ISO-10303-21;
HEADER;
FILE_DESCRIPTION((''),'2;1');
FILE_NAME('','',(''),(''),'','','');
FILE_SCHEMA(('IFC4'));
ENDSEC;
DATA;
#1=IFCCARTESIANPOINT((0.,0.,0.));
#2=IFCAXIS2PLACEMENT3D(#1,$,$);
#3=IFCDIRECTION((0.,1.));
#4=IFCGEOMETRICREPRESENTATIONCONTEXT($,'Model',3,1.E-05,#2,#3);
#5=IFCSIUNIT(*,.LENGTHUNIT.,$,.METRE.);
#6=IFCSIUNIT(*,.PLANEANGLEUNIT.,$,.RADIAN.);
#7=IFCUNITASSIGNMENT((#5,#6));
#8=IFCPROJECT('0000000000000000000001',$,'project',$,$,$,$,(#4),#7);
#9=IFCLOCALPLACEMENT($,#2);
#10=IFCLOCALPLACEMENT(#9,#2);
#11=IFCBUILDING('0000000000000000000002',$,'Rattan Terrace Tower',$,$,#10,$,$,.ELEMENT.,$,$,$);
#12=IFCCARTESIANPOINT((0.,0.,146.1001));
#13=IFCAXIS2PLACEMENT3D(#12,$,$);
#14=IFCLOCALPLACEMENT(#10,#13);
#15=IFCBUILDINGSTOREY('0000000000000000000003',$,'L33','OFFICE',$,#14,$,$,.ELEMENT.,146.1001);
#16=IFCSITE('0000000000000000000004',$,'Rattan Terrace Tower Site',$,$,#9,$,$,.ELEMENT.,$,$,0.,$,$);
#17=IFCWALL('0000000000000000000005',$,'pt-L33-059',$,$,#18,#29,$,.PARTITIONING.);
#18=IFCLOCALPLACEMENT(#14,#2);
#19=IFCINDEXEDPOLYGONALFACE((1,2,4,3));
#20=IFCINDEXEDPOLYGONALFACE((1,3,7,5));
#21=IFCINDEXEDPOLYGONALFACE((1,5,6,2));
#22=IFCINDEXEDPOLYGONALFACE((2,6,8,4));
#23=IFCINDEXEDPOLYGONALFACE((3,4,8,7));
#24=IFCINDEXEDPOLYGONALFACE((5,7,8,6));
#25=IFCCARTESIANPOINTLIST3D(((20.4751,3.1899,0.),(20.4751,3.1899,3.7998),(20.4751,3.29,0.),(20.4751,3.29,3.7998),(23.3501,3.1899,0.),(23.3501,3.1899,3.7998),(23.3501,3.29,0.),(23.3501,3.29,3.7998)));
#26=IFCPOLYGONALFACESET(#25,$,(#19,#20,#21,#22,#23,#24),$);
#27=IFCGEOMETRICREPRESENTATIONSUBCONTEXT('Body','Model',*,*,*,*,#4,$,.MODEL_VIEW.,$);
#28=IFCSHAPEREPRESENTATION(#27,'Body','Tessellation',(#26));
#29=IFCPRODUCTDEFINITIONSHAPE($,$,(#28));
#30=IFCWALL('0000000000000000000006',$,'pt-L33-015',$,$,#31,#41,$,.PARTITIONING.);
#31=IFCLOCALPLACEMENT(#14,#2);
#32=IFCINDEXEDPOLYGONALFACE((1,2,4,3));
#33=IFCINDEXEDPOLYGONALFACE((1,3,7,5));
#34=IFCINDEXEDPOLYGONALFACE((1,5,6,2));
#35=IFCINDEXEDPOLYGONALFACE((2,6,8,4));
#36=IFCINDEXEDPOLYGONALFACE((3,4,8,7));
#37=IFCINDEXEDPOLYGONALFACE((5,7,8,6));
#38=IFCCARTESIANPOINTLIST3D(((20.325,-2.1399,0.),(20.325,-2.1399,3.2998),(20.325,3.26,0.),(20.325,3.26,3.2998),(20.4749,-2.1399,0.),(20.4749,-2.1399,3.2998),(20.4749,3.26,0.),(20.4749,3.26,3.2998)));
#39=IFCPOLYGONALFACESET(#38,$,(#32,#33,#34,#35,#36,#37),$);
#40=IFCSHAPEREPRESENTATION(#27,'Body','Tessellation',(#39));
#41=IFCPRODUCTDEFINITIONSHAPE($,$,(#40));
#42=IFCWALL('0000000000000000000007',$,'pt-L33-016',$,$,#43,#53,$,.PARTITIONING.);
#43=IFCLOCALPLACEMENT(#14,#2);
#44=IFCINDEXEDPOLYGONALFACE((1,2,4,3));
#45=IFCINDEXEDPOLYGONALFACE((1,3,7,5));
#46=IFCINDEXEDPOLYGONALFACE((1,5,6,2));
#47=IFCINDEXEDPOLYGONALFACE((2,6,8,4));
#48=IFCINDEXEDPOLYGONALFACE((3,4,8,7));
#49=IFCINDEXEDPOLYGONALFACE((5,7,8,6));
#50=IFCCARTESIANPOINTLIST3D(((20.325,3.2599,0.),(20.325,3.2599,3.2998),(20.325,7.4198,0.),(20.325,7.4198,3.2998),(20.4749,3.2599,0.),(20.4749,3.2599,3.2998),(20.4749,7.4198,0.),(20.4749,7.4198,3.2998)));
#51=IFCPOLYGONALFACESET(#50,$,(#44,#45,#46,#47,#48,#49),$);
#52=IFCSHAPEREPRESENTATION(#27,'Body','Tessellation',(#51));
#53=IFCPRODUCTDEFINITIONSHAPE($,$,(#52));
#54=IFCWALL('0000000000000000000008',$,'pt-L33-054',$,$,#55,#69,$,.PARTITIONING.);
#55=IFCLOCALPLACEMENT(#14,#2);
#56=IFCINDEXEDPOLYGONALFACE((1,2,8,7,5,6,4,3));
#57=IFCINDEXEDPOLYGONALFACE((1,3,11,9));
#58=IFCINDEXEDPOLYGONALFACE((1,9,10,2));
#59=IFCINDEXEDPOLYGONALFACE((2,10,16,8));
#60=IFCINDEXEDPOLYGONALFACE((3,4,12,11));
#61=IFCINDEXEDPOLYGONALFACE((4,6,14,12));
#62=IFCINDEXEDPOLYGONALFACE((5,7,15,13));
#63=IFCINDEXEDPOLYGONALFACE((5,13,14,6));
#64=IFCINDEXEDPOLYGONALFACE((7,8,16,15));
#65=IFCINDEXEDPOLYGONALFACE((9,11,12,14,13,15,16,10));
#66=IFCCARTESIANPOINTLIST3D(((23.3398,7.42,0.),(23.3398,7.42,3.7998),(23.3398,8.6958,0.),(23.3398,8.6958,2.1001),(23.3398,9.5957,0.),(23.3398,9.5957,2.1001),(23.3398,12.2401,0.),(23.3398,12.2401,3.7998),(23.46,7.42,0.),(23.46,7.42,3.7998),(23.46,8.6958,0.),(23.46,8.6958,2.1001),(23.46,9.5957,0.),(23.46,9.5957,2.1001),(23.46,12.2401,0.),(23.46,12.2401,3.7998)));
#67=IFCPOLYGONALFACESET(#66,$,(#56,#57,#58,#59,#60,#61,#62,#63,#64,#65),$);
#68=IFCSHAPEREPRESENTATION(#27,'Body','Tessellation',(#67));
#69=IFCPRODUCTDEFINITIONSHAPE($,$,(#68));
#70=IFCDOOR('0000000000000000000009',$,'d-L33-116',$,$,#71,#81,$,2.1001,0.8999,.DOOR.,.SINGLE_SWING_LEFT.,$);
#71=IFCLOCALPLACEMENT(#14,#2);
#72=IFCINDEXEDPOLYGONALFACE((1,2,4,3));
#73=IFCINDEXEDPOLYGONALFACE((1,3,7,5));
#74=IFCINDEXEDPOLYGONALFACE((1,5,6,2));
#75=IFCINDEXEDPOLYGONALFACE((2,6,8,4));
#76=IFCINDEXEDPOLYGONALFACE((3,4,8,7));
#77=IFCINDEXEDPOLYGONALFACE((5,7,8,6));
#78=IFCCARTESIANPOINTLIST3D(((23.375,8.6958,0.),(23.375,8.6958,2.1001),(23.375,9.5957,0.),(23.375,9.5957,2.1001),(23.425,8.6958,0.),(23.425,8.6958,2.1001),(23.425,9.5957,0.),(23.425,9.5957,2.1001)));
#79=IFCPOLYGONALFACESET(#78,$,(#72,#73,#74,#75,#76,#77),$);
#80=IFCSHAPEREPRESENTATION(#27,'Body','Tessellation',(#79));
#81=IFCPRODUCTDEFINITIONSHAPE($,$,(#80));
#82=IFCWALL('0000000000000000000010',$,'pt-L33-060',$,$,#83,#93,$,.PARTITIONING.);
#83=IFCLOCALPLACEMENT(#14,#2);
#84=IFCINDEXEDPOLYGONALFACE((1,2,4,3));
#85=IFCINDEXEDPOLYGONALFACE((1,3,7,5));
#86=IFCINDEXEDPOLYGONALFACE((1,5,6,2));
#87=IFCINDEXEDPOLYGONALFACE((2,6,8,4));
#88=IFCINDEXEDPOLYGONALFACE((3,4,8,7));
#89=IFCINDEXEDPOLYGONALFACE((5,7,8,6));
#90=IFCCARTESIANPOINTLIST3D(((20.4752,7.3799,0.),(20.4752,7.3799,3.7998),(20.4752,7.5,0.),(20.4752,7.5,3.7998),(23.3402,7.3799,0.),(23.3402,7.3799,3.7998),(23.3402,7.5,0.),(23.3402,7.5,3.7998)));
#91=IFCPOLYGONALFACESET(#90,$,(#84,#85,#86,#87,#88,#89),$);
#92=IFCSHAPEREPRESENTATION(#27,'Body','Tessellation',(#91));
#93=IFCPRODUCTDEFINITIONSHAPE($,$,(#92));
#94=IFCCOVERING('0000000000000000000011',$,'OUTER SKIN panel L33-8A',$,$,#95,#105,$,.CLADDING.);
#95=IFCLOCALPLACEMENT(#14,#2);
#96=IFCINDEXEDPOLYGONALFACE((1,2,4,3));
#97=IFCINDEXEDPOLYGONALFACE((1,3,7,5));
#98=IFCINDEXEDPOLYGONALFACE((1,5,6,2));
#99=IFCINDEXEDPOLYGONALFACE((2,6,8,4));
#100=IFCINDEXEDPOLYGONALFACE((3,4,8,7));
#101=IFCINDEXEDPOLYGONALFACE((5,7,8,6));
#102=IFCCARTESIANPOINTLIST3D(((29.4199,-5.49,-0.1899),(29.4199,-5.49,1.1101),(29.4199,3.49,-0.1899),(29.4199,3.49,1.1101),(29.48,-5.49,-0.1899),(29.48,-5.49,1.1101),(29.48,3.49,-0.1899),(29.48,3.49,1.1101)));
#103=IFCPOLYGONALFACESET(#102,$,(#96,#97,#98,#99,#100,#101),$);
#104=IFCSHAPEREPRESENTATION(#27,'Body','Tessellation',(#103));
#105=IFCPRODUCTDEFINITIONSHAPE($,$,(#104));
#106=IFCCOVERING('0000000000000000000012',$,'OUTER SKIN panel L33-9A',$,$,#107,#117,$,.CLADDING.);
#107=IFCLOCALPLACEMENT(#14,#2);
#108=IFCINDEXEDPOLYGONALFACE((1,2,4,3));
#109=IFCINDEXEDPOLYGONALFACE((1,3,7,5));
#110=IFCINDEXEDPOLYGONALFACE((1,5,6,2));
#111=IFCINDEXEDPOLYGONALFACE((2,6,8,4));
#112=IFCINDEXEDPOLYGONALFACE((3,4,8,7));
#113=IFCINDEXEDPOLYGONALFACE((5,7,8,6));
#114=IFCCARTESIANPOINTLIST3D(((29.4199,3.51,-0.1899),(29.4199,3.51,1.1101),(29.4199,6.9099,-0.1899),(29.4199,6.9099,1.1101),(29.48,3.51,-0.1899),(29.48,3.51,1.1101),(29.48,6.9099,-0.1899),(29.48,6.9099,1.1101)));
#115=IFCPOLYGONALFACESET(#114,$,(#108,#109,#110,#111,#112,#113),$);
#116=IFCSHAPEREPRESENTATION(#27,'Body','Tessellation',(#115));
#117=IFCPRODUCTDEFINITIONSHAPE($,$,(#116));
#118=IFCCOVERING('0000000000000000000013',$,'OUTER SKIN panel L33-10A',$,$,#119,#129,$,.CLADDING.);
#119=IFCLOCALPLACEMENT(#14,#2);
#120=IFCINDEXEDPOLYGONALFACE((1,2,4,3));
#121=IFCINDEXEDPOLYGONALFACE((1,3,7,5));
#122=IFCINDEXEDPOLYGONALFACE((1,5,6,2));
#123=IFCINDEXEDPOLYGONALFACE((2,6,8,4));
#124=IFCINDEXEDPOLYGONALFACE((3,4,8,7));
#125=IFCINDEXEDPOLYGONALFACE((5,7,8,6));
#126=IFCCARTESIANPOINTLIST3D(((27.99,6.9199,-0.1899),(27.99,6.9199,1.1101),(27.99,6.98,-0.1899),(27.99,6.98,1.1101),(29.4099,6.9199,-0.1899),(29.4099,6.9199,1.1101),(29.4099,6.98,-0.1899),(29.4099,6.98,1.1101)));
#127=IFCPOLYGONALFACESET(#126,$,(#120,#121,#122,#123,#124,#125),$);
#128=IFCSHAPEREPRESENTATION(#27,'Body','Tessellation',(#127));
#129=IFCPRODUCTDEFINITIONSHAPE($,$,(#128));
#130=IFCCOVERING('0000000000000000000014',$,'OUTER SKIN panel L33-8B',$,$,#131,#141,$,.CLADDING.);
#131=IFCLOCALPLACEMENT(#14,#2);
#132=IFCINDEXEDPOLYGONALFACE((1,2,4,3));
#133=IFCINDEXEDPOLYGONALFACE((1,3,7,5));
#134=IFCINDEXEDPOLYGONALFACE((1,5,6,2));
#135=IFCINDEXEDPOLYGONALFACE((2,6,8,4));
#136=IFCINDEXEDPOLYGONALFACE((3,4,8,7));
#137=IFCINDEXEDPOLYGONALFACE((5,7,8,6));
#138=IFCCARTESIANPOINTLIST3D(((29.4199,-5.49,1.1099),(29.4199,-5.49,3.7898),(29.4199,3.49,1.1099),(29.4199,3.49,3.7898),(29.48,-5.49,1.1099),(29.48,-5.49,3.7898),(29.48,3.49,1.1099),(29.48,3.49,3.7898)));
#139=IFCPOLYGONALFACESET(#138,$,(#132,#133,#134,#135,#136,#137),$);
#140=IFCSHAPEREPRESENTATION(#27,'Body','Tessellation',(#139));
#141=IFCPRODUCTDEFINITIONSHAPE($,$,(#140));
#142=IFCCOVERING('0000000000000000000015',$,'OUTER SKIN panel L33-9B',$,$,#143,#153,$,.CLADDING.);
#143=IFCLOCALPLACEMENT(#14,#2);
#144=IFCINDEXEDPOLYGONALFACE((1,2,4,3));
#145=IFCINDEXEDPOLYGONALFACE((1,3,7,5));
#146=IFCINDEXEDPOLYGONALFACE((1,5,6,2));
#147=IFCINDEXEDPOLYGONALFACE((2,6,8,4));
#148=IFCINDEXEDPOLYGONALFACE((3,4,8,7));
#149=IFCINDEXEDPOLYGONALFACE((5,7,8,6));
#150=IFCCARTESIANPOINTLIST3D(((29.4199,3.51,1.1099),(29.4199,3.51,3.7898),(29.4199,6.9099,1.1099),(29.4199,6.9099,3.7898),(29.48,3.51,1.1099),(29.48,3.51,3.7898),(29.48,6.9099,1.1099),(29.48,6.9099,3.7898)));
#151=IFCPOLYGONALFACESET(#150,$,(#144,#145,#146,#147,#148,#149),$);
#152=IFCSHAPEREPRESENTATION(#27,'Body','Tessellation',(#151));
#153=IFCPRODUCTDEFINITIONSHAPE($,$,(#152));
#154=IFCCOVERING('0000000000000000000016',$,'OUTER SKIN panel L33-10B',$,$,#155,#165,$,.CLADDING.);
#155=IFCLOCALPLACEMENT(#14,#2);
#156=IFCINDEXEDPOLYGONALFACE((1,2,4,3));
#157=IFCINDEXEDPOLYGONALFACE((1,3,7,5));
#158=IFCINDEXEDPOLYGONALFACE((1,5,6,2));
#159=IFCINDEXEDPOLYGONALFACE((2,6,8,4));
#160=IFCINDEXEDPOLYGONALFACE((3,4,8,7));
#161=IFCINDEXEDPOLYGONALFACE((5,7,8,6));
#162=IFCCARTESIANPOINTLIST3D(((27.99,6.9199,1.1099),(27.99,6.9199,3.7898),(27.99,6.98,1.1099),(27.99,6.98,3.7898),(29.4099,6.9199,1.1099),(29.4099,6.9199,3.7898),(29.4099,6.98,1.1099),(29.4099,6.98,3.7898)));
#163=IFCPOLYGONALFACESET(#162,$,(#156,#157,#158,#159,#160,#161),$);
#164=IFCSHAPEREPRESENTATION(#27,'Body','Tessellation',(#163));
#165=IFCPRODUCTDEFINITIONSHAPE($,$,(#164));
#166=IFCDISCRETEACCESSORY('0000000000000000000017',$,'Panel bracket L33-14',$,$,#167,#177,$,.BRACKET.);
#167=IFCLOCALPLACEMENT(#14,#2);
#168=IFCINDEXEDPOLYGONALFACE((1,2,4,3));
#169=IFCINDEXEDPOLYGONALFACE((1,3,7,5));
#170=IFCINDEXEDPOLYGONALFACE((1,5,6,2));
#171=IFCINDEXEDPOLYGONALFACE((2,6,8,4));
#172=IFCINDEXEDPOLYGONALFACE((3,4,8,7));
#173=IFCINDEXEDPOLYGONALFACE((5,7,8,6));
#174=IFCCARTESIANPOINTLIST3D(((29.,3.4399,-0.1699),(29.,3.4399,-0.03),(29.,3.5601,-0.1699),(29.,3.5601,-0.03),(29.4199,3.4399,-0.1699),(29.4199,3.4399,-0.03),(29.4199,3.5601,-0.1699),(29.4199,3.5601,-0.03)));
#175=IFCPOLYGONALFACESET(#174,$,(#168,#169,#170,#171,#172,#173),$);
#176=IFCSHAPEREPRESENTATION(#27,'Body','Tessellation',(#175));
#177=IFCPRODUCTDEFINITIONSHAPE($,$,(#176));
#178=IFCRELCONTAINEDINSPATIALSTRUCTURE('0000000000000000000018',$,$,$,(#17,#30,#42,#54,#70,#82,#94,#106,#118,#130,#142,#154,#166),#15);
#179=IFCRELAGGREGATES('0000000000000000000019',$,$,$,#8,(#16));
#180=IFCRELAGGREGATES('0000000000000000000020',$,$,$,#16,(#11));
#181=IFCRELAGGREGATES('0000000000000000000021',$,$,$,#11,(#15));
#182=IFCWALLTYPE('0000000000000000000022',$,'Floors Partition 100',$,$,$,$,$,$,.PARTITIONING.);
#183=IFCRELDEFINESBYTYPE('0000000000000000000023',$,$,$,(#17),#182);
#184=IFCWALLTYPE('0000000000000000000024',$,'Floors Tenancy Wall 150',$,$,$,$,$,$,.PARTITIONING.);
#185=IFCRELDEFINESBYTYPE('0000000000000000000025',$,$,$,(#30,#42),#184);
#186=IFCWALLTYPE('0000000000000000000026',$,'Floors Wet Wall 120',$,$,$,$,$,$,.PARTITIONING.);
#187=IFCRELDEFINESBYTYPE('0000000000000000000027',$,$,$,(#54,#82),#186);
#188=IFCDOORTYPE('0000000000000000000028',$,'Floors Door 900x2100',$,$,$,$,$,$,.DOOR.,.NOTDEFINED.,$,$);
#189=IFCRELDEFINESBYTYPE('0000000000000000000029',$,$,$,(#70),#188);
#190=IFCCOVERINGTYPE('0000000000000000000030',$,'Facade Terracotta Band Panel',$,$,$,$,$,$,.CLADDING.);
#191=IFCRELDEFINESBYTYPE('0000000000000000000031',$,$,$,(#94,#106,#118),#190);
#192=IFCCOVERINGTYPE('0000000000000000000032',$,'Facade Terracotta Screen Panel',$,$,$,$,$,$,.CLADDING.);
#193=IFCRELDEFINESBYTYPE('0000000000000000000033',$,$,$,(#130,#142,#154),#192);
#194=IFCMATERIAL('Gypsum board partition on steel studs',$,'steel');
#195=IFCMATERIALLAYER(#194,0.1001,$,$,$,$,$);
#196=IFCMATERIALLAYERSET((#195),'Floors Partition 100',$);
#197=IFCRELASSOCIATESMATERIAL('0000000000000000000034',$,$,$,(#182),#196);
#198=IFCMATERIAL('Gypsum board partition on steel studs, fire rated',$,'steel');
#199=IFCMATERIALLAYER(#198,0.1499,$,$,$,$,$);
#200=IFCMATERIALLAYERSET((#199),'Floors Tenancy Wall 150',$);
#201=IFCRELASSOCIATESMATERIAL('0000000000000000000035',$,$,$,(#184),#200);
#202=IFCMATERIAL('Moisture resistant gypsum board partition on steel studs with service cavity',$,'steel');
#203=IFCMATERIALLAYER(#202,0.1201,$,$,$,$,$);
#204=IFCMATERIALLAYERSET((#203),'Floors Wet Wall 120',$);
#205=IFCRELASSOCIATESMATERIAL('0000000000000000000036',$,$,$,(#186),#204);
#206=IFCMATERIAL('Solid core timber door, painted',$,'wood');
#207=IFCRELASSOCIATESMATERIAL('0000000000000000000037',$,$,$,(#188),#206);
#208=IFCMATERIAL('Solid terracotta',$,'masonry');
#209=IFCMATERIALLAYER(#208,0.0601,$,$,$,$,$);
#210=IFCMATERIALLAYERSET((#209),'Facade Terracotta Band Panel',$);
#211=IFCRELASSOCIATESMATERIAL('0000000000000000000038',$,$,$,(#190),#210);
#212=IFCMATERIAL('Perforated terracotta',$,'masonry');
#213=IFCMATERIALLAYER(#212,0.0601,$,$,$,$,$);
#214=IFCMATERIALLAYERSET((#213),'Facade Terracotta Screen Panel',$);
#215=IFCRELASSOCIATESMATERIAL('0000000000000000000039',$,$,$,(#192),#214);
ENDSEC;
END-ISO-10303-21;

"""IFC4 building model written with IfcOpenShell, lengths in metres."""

from ifc_helpers import new_model, si_unit, direction, frame, frame_2d, origin, origin_2d, place, context, subcontext, project, spatial, rectangle, extrude, material, layer, layer_set, type_object, element, fill, save


model = new_model("IFC4")

# Units and contexts
model_context = context("Model", 3, precision=1e-05, world=origin(), true_north=direction((0.0, 1.0)))
body_context = subcontext(model_context, "Body", "Model", "MODEL_VIEW")
ifc_project = project(units=[si_unit("LENGTHUNIT", "METRE"), si_unit("PLANEANGLEUNIT", "RADIAN")], contexts=[model_context])

# Site, building, storey
site_placement = place(None, origin())
site = spatial("IfcSite", under=ifc_project, at=site_placement, Name="Rattan Terrace Tower Site", CompositionType="ELEMENT", RefElevation=0.0)
building_placement = place(site_placement, origin())
building = spatial("IfcBuilding", under=site, at=building_placement, Name="Rattan Terrace Tower", CompositionType="ELEMENT")
storey_placement = place(building_placement, frame((0.0, 0.0, 146.1001)))
storey = spatial("IfcBuildingStorey", under=building, at=storey_placement, Name="L33", Description="OFFICE", CompositionType="ELEMENT", Elevation=146.1001)

# Shared definitions
ifc_material_1 = material(Name="Gypsum board partition on steel studs", Category="steel")
ifc_layer_1 = layer(ifc_material_1, 0.1001)
ifc_layer_set_1 = layer_set([ifc_layer_1], Name="Floors Partition 100")
wall_type_1 = type_object("IfcWallType", Name="Floors Partition 100", PredefinedType="PARTITIONING", material=ifc_layer_set_1)

# Walls
wall_1_placement = place(storey_placement, frame((20.4751, 3.24, 0.0), z_axis=(0.0, 0.0, 1.0), x_axis=(1.0, 0.0, 0.0)))
element("IfcWall", 1, at=wall_1_placement, inside=storey, type_object=wall_type_1, Name="pt-L33-059", PredefinedType="PARTITIONING", context=body_context, shape_type="SweptSolid", body=[
    extrude(rectangle(XDim=2.875, YDim=0.1001, at=frame_2d((1.4375, 0.0))), origin(), (0.0, 0.0, 1.0), 3.7998),
])
ifc_material_2 = material(Name="Gypsum board partition on steel studs, fire rated", Category="steel")
ifc_layer_2 = layer(ifc_material_2, 0.1499)
ifc_layer_set_2 = layer_set([ifc_layer_2], Name="Floors Tenancy Wall 150")
wall_type_2 = type_object("IfcWallType", Name="Floors Tenancy Wall 150", PredefinedType="PARTITIONING", material=ifc_layer_set_2)
wall_2_placement = place(storey_placement, frame((20.3999, 3.26, 0.0), z_axis=(0.0, 0.0, 1.0), x_axis=(0.0, -1.0, 0.0)))
element("IfcWall", 2, at=wall_2_placement, inside=storey, type_object=wall_type_2, Name="pt-L33-015", PredefinedType="PARTITIONING", context=body_context, shape_type="SweptSolid", body=[
    extrude(rectangle(XDim=5.3999, YDim=0.1499, at=frame_2d((2.7, 0.0))), origin(), (0.0, 0.0, 1.0), 3.2998),
])
wall_3_placement = place(storey_placement, frame((20.3999, 7.4199, 0.0), z_axis=(0.0, 0.0, 1.0), x_axis=(0.0, -1.0, 0.0)))
element("IfcWall", 3, at=wall_3_placement, inside=storey, type_object=wall_type_2, Name="pt-L33-016", PredefinedType="PARTITIONING", context=body_context, shape_type="SweptSolid", body=[
    extrude(rectangle(XDim=4.1599, YDim=0.1499, at=frame_2d((2.0801, 0.0))), origin(), (0.0, 0.0, 1.0), 3.2998),
])

# Wall, opening, door
ifc_material_3 = material(Name="Moisture resistant gypsum board partition on steel studs with service cavity", Category="steel")
ifc_layer_3 = layer(ifc_material_3, 0.1201)
ifc_layer_set_3 = layer_set([ifc_layer_3], Name="Floors Wet Wall 120")
wall_type_3 = type_object("IfcWallType", Name="Floors Wet Wall 120", PredefinedType="PARTITIONING", material=ifc_layer_set_3)
wall_4_placement = place(storey_placement, frame((23.3999, 7.4199, 0.0), z_axis=(0.0, 0.0, 1.0), x_axis=(0.0, 1.0, 0.0)))
wall_4 = element("IfcWall", 4, at=wall_4_placement, inside=storey, type_object=wall_type_3, Name="pt-L33-054", PredefinedType="PARTITIONING", context=body_context, shape_type="SweptSolid", body=[
    extrude(rectangle(XDim=4.8201, YDim=0.1201, at=frame_2d((2.4102, 0.0))), origin(), (0.0, 0.0, 1.0), 3.7998),
])
opening_1_placement = place(wall_4_placement, frame((1.2759, 0.0, 0.0)))
opening_1 = element("IfcOpeningElement", 5, at=opening_1_placement, cuts=wall_4, PredefinedType="OPENING", context=body_context, shape_type="SweptSolid", body=[
    extrude(rectangle(XDim=0.8999, YDim=2.1001, at=frame_2d((0.45, 1.05))), frame((0.0, 0.0706, 0.0), z_axis=(0.0, -1.0, 0.0), x_axis=(1.0, 0.0, 0.0)), (0.0, 0.0, 1.0), 0.1411),
])
ifc_material_4 = material(Name="Solid core timber door, painted", Category="wood")
door_type_1 = type_object("IfcDoorType", Name="Floors Door 900x2100", OperationType="NOTDEFINED", PredefinedType="DOOR", material=ifc_material_4)
door_1_placement = place(opening_1_placement, origin())
door_1 = element("IfcDoor", 6, at=door_1_placement, inside=storey, type_object=door_type_1, Name="d-L33-116", OperationType="SINGLE_SWING_LEFT", OverallHeight=2.1001, OverallWidth=0.8999, PredefinedType="DOOR", context=body_context, shape_type="SweptSolid", body=[
    extrude(rectangle(XDim=0.8999, YDim=2.1001, at=frame_2d((0.45, 1.05))), frame((0.0, 0.0249, 0.0), z_axis=(0.0, -1.0, 0.0), x_axis=(1.0, 0.0, 0.0)), (0.0, 0.0, 1.0), 0.05),
])
fill(opening_1, door_1)

# Wall
wall_5_placement = place(storey_placement, frame((20.4751, 7.4399, 0.0), z_axis=(0.0, 0.0, 1.0), x_axis=(1.0, 0.0, 0.0)))
element("IfcWall", 7, at=wall_5_placement, inside=storey, type_object=wall_type_3, Name="pt-L33-060", PredefinedType="PARTITIONING", context=body_context, shape_type="SweptSolid", body=[
    extrude(rectangle(XDim=2.865, YDim=0.1201, at=frame_2d((1.4326, 0.0))), origin(), (0.0, 0.0, 1.0), 3.7998),
])

# Coverings
ifc_material_5 = material(Name="Solid terracotta", Category="masonry")
ifc_layer_4 = layer(ifc_material_5, 0.0601)
ifc_layer_set_4 = layer_set([ifc_layer_4], Name="Facade Terracotta Band Panel")
covering_type_1 = type_object("IfcCoveringType", Name="Facade Terracotta Band Panel", PredefinedType="CLADDING", material=ifc_layer_set_4)
covering_1_placement = place(storey_placement, frame((29.45, -1.0, -0.1899), z_axis=(0.0, 0.0, 1.0), x_axis=(0.0, 1.0, 0.0)))
element("IfcCovering", 8, at=covering_1_placement, inside=storey, type_object=covering_type_1, Name="OUTER SKIN panel L33-8A", PredefinedType="CLADDING", context=body_context, shape_type="SweptSolid", body=[
    extrude(rectangle(XDim=8.98, YDim=0.0601, at=origin_2d()), origin(), (0.0, 0.0, 1.0), 1.3),
])
covering_2_placement = place(storey_placement, frame((29.45, 5.21, -0.1899), z_axis=(0.0, 0.0, 1.0), x_axis=(0.0, 1.0, 0.0)))
element("IfcCovering", 9, at=covering_2_placement, inside=storey, type_object=covering_type_1, Name="OUTER SKIN panel L33-9A", PredefinedType="CLADDING", context=body_context, shape_type="SweptSolid", body=[
    extrude(rectangle(XDim=3.3999, YDim=0.0601, at=origin_2d()), origin(), (0.0, 0.0, 1.0), 1.3),
])
covering_3_placement = place(storey_placement, frame((28.7, 6.95, -0.1899), z_axis=(0.0, 0.0, 1.0), x_axis=(-1.0, 0.0, 0.0)))
element("IfcCovering", 10, at=covering_3_placement, inside=storey, type_object=covering_type_1, Name="OUTER SKIN panel L33-10A", PredefinedType="CLADDING", context=body_context, shape_type="SweptSolid", body=[
    extrude(rectangle(XDim=1.4199, YDim=0.0601, at=origin_2d()), origin(), (0.0, 0.0, 1.0), 1.3),
])
ifc_material_6 = material(Name="Perforated terracotta", Category="masonry")
ifc_layer_5 = layer(ifc_material_6, 0.0601)
ifc_layer_set_5 = layer_set([ifc_layer_5], Name="Facade Terracotta Screen Panel")
covering_type_2 = type_object("IfcCoveringType", Name="Facade Terracotta Screen Panel", PredefinedType="CLADDING", material=ifc_layer_set_5)
covering_4_placement = place(storey_placement, frame((29.45, -1.0, 1.1099), z_axis=(0.0, 0.0, 1.0), x_axis=(0.0, 1.0, 0.0)))
element("IfcCovering", 11, at=covering_4_placement, inside=storey, type_object=covering_type_2, Name="OUTER SKIN panel L33-8B", PredefinedType="CLADDING", context=body_context, shape_type="SweptSolid", body=[
    extrude(rectangle(XDim=8.98, YDim=0.0601, at=origin_2d()), origin(), (0.0, 0.0, 1.0), 2.6799),
])
covering_5_placement = place(storey_placement, frame((29.45, 5.21, 1.1099), z_axis=(0.0, 0.0, 1.0), x_axis=(0.0, 1.0, 0.0)))
element("IfcCovering", 12, at=covering_5_placement, inside=storey, type_object=covering_type_2, Name="OUTER SKIN panel L33-9B", PredefinedType="CLADDING", context=body_context, shape_type="SweptSolid", body=[
    extrude(rectangle(XDim=3.3999, YDim=0.0601, at=origin_2d()), origin(), (0.0, 0.0, 1.0), 2.6799),
])
covering_6_placement = place(storey_placement, frame((28.7, 6.95, 1.1099), z_axis=(0.0, 0.0, 1.0), x_axis=(-1.0, 0.0, 0.0)))
element("IfcCovering", 13, at=covering_6_placement, inside=storey, type_object=covering_type_2, Name="OUTER SKIN panel L33-10B", PredefinedType="CLADDING", context=body_context, shape_type="SweptSolid", body=[
    extrude(rectangle(XDim=1.4199, YDim=0.0601, at=origin_2d()), origin(), (0.0, 0.0, 1.0), 2.6799),
])

# Discrete accessory
for number, where, z_axis, x_axis, name in (
    (14, (29.21, 3.5, -0.1699), (0.0, 0.0, 1.0), (0.0, 1.0, 0.0), "Panel bracket L33-14"),
):
    element("IfcDiscreteAccessory", number, at=place(storey_placement, frame(where, z_axis=z_axis, x_axis=x_axis)), inside=storey, Name=name, PredefinedType="BRACKET", context=body_context, shape_type="SweptSolid", body=[
        extrude(rectangle(XDim=0.1201, YDim=0.4199, at=origin_2d()), origin(), (0.0, 0.0, 1.0), 0.1399),
    ])

save(model, "model.ifc")
